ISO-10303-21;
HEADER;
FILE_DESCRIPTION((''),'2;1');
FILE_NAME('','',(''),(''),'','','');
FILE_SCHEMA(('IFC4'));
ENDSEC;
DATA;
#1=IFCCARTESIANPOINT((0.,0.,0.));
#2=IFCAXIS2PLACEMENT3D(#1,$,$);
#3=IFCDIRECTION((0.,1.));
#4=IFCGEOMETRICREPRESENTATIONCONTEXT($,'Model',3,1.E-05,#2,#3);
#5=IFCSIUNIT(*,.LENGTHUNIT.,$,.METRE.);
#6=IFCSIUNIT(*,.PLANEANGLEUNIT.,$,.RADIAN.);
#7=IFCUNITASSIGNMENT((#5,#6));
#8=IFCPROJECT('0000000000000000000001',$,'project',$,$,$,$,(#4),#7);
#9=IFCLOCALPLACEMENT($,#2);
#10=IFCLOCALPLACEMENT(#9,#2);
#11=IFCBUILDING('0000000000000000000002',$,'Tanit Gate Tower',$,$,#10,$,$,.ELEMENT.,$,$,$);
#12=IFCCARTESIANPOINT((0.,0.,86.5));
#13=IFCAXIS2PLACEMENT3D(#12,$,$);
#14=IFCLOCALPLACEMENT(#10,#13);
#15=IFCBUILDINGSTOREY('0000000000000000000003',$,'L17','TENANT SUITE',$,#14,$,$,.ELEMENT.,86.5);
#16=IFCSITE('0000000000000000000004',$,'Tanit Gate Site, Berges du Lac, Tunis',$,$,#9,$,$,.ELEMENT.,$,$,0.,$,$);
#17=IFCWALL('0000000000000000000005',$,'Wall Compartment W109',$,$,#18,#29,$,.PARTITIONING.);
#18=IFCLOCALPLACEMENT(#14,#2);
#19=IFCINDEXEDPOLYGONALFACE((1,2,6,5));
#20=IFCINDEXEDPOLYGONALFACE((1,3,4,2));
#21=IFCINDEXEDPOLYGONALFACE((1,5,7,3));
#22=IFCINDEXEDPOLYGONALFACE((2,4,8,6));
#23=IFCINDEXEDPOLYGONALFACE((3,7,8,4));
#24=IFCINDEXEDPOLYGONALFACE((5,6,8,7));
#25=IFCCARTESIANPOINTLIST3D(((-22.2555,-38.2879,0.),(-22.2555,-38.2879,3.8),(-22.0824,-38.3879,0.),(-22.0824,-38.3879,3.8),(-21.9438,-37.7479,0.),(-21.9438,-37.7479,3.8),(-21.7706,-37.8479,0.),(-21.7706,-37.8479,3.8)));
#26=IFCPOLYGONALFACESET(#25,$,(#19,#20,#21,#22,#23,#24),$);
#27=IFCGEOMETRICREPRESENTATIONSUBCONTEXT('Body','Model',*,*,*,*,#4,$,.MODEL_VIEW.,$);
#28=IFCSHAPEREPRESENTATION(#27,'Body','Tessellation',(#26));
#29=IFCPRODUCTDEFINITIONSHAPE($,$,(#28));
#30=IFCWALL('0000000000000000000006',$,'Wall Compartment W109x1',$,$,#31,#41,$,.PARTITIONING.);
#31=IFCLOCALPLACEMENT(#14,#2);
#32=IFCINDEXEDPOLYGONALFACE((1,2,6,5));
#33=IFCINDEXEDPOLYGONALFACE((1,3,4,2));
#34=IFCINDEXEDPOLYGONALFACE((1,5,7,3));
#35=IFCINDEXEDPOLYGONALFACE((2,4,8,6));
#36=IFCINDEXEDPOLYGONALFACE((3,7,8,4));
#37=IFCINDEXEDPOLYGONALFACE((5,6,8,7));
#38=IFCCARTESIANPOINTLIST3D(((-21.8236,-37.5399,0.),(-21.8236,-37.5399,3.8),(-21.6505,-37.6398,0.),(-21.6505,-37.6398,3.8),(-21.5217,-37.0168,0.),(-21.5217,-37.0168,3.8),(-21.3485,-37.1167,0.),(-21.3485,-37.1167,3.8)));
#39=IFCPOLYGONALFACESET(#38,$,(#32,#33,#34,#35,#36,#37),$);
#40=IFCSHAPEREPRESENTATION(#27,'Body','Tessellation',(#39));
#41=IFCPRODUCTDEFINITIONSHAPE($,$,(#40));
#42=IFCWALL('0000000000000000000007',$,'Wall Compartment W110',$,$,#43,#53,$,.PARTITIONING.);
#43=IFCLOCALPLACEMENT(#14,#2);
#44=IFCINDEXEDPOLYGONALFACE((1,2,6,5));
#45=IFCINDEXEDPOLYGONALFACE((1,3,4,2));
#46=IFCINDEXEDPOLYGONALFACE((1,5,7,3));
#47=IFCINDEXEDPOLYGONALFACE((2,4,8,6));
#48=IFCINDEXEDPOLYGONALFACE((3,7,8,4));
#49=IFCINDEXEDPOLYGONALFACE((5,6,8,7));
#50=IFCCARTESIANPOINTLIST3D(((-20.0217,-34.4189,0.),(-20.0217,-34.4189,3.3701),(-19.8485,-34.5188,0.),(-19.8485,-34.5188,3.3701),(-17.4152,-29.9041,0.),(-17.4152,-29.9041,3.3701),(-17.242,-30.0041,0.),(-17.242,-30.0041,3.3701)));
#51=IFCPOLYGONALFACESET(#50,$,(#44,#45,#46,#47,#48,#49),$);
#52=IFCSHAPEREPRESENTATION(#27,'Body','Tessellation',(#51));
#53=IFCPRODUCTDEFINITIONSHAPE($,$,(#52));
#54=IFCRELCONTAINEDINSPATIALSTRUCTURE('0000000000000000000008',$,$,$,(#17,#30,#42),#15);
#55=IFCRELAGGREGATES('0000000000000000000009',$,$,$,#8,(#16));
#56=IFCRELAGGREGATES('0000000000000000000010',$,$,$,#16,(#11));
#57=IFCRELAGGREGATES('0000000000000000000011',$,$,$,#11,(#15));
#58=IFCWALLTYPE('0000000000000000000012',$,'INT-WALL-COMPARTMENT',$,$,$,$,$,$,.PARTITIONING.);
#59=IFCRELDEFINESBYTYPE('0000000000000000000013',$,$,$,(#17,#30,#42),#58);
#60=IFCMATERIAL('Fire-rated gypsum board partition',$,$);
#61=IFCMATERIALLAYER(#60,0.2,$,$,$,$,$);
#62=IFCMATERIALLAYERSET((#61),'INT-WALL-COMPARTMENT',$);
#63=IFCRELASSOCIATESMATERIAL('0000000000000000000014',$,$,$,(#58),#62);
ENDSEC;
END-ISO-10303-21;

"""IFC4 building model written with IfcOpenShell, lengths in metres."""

from ifc_helpers import new_model, si_unit, direction, frame, frame_2d, origin, place, context, subcontext, project, spatial, rectangle, extrude, material, layer, layer_set, type_object, element, save


model = new_model("IFC4")

# Units and contexts
model_context = context("Model", 3, precision=1e-05, world=origin(), true_north=direction((0.0, 1.0)))
body_context = subcontext(model_context, "Body", "Model", "MODEL_VIEW")
ifc_project = project(units=[si_unit("LENGTHUNIT", "METRE"), si_unit("PLANEANGLEUNIT", "RADIAN")], contexts=[model_context])

# Site, building, storey
site_placement = place(None, origin())
site = spatial("IfcSite", under=ifc_project, at=site_placement, Name="Tanit Gate Site, Berges du Lac, Tunis", CompositionType="ELEMENT", RefElevation=0.0)
building_placement = place(site_placement, origin())
building = spatial("IfcBuilding", under=site, at=building_placement, Name="Tanit Gate Tower", CompositionType="ELEMENT")
storey_placement = place(building_placement, frame((0.0, 0.0, 86.5)))
storey = spatial("IfcBuildingStorey", under=building, at=storey_placement, Name="L17", Description="TENANT SUITE", CompositionType="ELEMENT", Elevation=86.5)

# Walls
ifc_material_1 = material(Name="Fire-rated gypsum board partition")
ifc_layer_1 = layer(ifc_material_1, 0.2)
ifc_layer_set_1 = layer_set([ifc_layer_1], Name="INT-WALL-COMPARTMENT")
wall_type_1 = type_object("IfcWallType", Name="INT-WALL-COMPARTMENT", PredefinedType="PARTITIONING", material=ifc_layer_set_1)
wall_1_placement = place(storey_placement, frame((-22.1689, -38.3379, 0.0), z_axis=(0.0, 0.0, 1.0), x_axis=(0.499971, 0.866042, 0.0)))
element("IfcWall", 1, at=wall_1_placement, inside=storey, type_object=wall_type_1, Name="Wall Compartment W109", PredefinedType="PARTITIONING", context=body_context, shape_type="SweptSolid", body=[
    extrude(rectangle(XDim=0.6235, YDim=0.2, at=frame_2d((0.3118, 0.0))), origin(), (0.0, 0.0, 1.0), 3.8),
])
wall_2_placement = place(storey_placement, frame((-21.7371, -37.5898, 0.0), z_axis=(0.0, 0.0, 1.0), x_axis=(0.499921, 0.866071, 0.0)))
element("IfcWall", 2, at=wall_2_placement, inside=storey, type_object=wall_type_1, Name="Wall Compartment W109x1", PredefinedType="PARTITIONING", context=body_context, shape_type="SweptSolid", body=[
    extrude(rectangle(XDim=0.604, YDim=0.2, at=frame_2d((0.302, 0.0))), origin(), (0.0, 0.0, 1.0), 3.8),
])
wall_3_placement = place(storey_placement, frame((-19.9351, -34.4688, 0.0), z_axis=(0.0, 0.0, 1.0), x_axis=(0.499987, 0.866033, 0.0)))
element("IfcWall", 3, at=wall_3_placement, inside=storey, type_object=wall_type_1, Name="Wall Compartment W110", PredefinedType="PARTITIONING", context=body_context, shape_type="SweptSolid", body=[
    extrude(rectangle(XDim=5.2131, YDim=0.2, at=frame_2d((2.6064, 0.0))), origin(), (0.0, 0.0, 1.0), 3.3701),
])

save(model, "model.ifc")
